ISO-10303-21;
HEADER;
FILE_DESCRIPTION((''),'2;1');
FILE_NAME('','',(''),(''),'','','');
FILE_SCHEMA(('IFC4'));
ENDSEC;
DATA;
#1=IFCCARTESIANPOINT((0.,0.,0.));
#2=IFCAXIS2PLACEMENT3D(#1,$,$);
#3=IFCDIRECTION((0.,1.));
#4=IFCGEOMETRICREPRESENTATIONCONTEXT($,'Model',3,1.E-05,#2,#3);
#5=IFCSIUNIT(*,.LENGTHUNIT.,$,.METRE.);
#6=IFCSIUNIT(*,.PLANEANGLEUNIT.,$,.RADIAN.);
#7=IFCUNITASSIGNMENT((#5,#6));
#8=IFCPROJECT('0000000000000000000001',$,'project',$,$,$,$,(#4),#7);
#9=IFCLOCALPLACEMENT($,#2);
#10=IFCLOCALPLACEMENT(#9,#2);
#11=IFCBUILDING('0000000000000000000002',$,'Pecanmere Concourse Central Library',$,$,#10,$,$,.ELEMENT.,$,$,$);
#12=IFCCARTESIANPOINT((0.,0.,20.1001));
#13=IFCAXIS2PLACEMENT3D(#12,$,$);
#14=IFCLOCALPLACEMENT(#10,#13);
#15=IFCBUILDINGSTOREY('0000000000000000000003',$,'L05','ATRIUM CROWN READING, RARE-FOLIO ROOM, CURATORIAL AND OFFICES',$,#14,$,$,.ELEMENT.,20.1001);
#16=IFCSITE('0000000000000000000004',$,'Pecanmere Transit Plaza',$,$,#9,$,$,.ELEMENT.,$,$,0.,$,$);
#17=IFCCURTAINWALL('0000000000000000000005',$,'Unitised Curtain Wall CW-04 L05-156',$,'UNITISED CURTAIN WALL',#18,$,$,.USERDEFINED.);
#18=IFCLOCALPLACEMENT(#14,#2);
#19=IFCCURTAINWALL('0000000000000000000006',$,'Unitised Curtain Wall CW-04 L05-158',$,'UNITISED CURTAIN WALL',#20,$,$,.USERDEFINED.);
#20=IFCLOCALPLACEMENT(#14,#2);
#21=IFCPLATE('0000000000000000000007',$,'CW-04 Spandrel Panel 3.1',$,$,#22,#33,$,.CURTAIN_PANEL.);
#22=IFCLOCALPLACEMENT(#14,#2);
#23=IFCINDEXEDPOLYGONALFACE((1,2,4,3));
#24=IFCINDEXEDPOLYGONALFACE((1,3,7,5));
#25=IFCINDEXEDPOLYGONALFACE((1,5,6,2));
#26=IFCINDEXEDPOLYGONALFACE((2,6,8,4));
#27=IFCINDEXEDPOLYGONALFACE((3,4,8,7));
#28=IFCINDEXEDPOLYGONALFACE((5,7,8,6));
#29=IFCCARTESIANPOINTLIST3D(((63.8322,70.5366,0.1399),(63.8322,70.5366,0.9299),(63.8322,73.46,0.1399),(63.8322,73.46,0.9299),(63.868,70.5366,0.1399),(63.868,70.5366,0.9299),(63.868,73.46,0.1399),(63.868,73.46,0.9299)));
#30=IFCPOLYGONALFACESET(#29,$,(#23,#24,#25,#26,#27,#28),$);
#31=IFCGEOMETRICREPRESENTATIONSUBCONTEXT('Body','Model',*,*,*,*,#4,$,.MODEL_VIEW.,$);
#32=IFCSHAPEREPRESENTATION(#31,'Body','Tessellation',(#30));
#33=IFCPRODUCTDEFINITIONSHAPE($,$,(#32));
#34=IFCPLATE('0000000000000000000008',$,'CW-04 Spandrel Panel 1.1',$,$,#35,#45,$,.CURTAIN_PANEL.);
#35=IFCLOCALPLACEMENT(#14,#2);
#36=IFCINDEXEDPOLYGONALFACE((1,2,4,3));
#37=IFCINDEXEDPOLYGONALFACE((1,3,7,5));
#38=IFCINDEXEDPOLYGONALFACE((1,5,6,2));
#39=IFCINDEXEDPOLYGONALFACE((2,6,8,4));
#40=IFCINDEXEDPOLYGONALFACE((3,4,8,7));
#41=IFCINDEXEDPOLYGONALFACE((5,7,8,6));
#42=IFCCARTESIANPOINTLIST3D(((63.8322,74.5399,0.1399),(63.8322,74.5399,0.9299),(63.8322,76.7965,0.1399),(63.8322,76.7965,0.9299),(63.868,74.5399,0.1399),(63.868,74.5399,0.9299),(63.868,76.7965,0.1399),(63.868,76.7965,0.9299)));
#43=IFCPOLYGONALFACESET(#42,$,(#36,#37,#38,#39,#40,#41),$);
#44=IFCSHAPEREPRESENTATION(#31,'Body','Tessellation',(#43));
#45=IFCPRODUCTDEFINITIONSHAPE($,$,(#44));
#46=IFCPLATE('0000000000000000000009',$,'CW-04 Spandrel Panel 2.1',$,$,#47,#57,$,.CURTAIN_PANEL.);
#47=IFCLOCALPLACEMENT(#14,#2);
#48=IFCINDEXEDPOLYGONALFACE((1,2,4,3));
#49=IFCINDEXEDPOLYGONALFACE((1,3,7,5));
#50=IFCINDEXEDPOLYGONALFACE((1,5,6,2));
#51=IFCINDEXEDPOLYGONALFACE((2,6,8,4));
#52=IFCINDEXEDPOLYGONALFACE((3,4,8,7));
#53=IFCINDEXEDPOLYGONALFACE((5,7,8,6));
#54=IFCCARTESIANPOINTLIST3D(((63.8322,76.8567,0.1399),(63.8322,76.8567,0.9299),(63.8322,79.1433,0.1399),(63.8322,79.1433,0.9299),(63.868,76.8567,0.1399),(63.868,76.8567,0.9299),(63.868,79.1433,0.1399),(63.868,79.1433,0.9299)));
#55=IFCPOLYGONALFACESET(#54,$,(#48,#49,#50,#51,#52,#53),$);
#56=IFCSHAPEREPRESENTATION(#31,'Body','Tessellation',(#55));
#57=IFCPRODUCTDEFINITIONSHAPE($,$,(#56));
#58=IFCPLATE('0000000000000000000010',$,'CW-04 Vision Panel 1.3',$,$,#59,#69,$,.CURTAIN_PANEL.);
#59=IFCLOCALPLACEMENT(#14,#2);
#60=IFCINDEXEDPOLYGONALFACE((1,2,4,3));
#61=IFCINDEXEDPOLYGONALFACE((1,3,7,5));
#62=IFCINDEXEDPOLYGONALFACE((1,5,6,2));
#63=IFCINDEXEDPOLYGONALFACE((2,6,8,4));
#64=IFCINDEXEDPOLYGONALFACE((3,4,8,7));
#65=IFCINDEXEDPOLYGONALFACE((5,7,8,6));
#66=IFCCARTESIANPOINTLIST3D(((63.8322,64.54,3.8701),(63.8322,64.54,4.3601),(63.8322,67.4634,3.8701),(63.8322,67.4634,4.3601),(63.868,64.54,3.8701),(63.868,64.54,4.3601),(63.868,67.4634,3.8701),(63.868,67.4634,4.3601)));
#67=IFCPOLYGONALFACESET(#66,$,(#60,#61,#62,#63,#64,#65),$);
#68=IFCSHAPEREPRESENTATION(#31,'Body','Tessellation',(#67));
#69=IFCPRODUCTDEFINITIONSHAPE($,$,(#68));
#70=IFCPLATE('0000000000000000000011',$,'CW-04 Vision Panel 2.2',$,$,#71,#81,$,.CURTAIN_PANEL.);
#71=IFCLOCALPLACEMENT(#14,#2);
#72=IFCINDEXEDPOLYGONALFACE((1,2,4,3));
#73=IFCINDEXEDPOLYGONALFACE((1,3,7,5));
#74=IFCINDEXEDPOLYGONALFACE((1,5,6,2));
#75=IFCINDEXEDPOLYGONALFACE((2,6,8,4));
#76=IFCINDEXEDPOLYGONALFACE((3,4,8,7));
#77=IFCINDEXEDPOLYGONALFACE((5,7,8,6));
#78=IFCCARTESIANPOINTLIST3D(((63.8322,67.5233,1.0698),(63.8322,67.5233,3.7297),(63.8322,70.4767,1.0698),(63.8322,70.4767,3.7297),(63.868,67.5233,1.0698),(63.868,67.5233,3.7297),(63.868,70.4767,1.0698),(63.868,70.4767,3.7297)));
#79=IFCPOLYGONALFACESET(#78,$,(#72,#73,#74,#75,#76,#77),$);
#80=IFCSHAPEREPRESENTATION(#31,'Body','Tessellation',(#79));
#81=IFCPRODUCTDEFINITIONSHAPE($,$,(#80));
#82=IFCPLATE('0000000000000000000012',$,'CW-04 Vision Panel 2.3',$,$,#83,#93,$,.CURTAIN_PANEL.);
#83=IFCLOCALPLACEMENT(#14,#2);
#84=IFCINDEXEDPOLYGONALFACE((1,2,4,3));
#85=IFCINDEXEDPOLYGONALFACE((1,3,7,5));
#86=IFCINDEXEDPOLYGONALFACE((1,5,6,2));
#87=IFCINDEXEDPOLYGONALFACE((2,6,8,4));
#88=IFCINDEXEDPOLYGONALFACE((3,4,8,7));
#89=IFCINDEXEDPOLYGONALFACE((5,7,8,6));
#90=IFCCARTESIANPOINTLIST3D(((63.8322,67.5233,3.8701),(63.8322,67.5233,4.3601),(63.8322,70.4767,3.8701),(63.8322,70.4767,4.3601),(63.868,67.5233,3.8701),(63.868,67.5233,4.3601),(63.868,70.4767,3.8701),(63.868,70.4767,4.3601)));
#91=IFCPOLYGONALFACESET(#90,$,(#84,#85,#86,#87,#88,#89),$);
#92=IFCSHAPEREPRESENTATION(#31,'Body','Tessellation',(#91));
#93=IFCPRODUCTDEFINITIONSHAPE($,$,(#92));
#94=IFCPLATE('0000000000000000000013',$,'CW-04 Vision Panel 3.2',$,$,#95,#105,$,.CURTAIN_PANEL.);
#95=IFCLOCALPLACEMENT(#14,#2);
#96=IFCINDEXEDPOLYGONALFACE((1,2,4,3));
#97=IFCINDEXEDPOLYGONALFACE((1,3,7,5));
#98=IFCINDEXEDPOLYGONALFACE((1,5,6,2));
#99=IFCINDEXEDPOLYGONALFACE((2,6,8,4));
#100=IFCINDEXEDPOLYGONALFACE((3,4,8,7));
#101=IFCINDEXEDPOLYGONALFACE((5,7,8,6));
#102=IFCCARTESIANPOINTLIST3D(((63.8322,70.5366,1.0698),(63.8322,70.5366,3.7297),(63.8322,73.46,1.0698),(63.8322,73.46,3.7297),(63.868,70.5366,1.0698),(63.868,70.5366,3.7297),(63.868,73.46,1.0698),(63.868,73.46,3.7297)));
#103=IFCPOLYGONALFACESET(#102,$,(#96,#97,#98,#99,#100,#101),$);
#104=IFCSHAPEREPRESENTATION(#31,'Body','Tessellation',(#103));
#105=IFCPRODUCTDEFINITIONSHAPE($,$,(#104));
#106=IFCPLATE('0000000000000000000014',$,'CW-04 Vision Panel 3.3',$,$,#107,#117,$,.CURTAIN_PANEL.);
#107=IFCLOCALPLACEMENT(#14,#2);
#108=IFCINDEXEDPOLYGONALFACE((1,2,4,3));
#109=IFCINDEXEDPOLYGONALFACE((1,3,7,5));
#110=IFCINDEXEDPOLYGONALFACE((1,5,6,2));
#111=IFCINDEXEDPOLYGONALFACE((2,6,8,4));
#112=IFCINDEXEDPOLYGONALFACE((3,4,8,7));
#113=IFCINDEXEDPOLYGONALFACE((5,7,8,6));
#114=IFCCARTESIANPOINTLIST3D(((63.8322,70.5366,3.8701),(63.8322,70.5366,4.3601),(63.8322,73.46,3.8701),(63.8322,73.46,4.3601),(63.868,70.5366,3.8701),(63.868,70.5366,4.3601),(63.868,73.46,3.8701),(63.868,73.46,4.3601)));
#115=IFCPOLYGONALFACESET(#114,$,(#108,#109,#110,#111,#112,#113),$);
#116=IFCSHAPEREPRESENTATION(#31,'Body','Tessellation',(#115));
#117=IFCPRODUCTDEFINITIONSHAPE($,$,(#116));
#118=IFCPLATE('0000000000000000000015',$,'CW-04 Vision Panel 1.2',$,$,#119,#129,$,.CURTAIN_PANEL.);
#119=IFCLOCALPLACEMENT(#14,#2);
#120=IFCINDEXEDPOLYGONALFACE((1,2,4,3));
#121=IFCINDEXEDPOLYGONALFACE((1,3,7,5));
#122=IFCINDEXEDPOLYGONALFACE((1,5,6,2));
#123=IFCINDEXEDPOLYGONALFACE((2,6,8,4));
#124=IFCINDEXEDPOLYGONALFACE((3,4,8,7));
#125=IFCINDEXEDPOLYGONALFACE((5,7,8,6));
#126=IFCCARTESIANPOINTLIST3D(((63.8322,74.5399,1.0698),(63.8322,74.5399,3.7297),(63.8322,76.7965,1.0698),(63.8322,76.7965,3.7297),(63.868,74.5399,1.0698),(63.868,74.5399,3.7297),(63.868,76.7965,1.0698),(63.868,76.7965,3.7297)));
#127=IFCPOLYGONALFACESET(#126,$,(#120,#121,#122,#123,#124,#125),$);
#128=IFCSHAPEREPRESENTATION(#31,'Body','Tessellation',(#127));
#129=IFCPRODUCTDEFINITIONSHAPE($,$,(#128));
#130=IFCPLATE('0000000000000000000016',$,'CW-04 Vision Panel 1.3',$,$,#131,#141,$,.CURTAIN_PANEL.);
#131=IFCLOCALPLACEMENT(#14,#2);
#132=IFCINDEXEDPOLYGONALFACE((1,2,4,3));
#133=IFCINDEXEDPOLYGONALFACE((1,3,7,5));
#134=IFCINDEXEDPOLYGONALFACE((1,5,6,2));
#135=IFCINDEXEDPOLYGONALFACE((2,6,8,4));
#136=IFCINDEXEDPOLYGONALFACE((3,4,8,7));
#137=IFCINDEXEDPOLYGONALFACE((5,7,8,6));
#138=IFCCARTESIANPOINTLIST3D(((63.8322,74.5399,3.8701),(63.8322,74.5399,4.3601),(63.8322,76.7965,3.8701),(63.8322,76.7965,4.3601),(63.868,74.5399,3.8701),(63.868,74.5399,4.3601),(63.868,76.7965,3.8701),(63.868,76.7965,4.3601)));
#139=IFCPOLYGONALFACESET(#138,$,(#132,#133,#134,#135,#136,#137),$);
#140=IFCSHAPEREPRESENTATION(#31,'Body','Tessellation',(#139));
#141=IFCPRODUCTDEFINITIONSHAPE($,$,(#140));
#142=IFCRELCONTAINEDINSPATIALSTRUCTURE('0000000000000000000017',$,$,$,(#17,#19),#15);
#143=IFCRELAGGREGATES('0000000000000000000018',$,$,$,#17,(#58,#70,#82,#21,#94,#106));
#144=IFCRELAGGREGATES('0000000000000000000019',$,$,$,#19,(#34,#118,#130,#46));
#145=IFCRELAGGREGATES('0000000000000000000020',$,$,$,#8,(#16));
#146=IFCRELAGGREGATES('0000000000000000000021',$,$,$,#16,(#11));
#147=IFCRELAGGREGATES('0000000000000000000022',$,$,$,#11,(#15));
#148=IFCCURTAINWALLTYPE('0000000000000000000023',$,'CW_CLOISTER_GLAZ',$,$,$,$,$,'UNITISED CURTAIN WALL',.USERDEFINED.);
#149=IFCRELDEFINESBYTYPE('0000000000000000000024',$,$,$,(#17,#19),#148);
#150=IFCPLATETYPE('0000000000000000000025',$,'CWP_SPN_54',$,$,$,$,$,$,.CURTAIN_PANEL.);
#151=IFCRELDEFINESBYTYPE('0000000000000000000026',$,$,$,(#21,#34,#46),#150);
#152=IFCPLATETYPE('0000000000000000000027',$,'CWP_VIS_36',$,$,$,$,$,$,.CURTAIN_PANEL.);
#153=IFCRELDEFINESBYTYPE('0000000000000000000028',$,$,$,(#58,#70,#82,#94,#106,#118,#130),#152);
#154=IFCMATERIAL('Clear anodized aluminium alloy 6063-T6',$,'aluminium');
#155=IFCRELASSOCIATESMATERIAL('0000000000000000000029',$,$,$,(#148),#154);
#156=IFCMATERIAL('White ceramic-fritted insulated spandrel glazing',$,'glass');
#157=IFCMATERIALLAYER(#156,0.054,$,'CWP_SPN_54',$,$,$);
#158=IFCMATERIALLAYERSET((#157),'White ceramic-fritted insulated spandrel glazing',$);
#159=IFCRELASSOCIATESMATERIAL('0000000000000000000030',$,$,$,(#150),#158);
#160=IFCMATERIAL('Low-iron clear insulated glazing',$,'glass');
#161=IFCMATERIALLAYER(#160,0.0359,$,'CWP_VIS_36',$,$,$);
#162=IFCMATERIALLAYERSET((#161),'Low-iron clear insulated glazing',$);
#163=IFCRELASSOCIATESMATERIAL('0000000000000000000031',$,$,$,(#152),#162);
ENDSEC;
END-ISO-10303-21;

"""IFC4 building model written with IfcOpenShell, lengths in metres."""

from ifc_helpers import new_model, si_unit, direction, frame, origin, origin_2d, place, context, subcontext, project, spatial, rectangle, extrude, material, layer, layer_set, type_object, element, aggregate, save


model = new_model("IFC4")

# Units and contexts
model_context = context("Model", 3, precision=1e-05, world=origin(), true_north=direction((0.0, 1.0)))
body_context = subcontext(model_context, "Body", "Model", "MODEL_VIEW")
ifc_project = project(units=[si_unit("LENGTHUNIT", "METRE"), si_unit("PLANEANGLEUNIT", "RADIAN")], contexts=[model_context])

# Site, building, storey
site_placement = place(None, origin())
site = spatial("IfcSite", under=ifc_project, at=site_placement, Name="Pecanmere Transit Plaza", CompositionType="ELEMENT", RefElevation=0.0)
building_placement = place(site_placement, origin())
building = spatial("IfcBuilding", under=site, at=building_placement, Name="Pecanmere Concourse Central Library", CompositionType="ELEMENT")
storey_placement = place(building_placement, frame((0.0, 0.0, 20.1001)))
storey = spatial("IfcBuildingStorey", under=building, at=storey_placement, Name="L05", Description="ATRIUM CROWN READING, RARE-FOLIO ROOM, CURATORIAL AND OFFICES", CompositionType="ELEMENT", Elevation=20.1001)

# Curtain walls
ifc_material_1 = material(Name="Clear anodized aluminium alloy 6063-T6", Category="aluminium")
curtain_wall_type = type_object("IfcCurtainWallType", Name="CW_CLOISTER_GLAZ", ElementType="UNITISED CURTAIN WALL", PredefinedType="USERDEFINED", material=ifc_material_1)
curtain_wall_1_placement = place(storey_placement, origin())
curtain_wall_1 = element("IfcCurtainWall", 1, at=curtain_wall_1_placement, inside=storey, type_object=curtain_wall_type, Name="Unitised Curtain Wall CW-04 L05-156", ObjectType="UNITISED CURTAIN WALL", PredefinedType="USERDEFINED")
curtain_wall_2_placement = place(storey_placement, origin())
curtain_wall_2 = element("IfcCurtainWall", 2, at=curtain_wall_2_placement, inside=storey, type_object=curtain_wall_type, Name="Unitised Curtain Wall CW-04 L05-158", ObjectType="UNITISED CURTAIN WALL", PredefinedType="USERDEFINED")

# Plates
ifc_material_2 = material(Name="White ceramic-fritted insulated spandrel glazing", Category="glass")
ifc_layer_1 = layer(ifc_material_2, 0.054, Name="CWP_SPN_54")
ifc_layer_set_1 = layer_set([ifc_layer_1], Name="White ceramic-fritted insulated spandrel glazing")
plate_type_1 = type_object("IfcPlateType", Name="CWP_SPN_54", PredefinedType="CURTAIN_PANEL", material=ifc_layer_set_1)
plate_1_placement = place(storey_placement, frame((63.8501, 71.9983, 0.1399), z_axis=(0.0, 0.0, 1.0), x_axis=(0.0, 1.0, 0.0)))
plate_1 = element("IfcPlate", 3, at=plate_1_placement, type_object=plate_type_1, Name="CW-04 Spandrel Panel 3.1", PredefinedType="CURTAIN_PANEL", context=body_context, shape_type="SweptSolid", body=[
    extrude(rectangle(XDim=2.9233, YDim=0.0359, at=origin_2d()), origin(), (0.0, 0.0, 1.0), 0.79),
])
plate_2_placement = place(storey_placement, frame((63.8501, 75.6682, 0.1399), z_axis=(0.0, 0.0, 1.0), x_axis=(0.0, 1.0, 0.0)))
plate_2 = element("IfcPlate", 4, at=plate_2_placement, type_object=plate_type_1, Name="CW-04 Spandrel Panel 1.1", PredefinedType="CURTAIN_PANEL", context=body_context, shape_type="SweptSolid", body=[
    extrude(rectangle(XDim=2.2566, YDim=0.0359, at=origin_2d()), origin(), (0.0, 0.0, 1.0), 0.79),
])
plate_3_placement = place(storey_placement, frame((63.8501, 78.0, 0.1399), z_axis=(0.0, 0.0, 1.0), x_axis=(0.0, 1.0, 0.0)))
plate_3 = element("IfcPlate", 5, at=plate_3_placement, type_object=plate_type_1, Name="CW-04 Spandrel Panel 2.1", PredefinedType="CURTAIN_PANEL", context=body_context, shape_type="SweptSolid", body=[
    extrude(rectangle(XDim=2.2866, YDim=0.0359, at=origin_2d()), origin(), (0.0, 0.0, 1.0), 0.79),
])
ifc_material_3 = material(Name="Low-iron clear insulated glazing", Category="glass")
ifc_layer_2 = layer(ifc_material_3, 0.0359, Name="CWP_VIS_36")
ifc_layer_set_2 = layer_set([ifc_layer_2], Name="Low-iron clear insulated glazing")
plate_type_2 = type_object("IfcPlateType", Name="CWP_VIS_36", PredefinedType="CURTAIN_PANEL", material=ifc_layer_set_2)
plate_4_placement = place(storey_placement, frame((63.8501, 66.0017, 3.8701), z_axis=(0.0, 0.0, 1.0), x_axis=(0.0, 1.0, 0.0)))
plate_4 = element("IfcPlate", 6, at=plate_4_placement, type_object=plate_type_2, Name="CW-04 Vision Panel 1.3", PredefinedType="CURTAIN_PANEL", context=body_context, shape_type="SweptSolid", body=[
    extrude(rectangle(XDim=2.9233, YDim=0.0359, at=origin_2d()), origin(), (0.0, 0.0, 1.0), 0.49),
])
plate_5_placement = place(storey_placement, frame((63.8501, 69.0, 1.0698), z_axis=(0.0, 0.0, 1.0), x_axis=(0.0, 1.0, 0.0)))
plate_5 = element("IfcPlate", 7, at=plate_5_placement, type_object=plate_type_2, Name="CW-04 Vision Panel 2.2", PredefinedType="CURTAIN_PANEL", context=body_context, shape_type="SweptSolid", body=[
    extrude(rectangle(XDim=2.9534, YDim=0.0359, at=origin_2d()), origin(), (0.0, 0.0, 1.0), 2.6599),
])
plate_6_placement = place(storey_placement, frame((63.8501, 69.0, 3.8701), z_axis=(0.0, 0.0, 1.0), x_axis=(0.0, 1.0, 0.0)))
plate_6 = element("IfcPlate", 8, at=plate_6_placement, type_object=plate_type_2, Name="CW-04 Vision Panel 2.3", PredefinedType="CURTAIN_PANEL", context=body_context, shape_type="SweptSolid", body=[
    extrude(rectangle(XDim=2.9534, YDim=0.0359, at=origin_2d()), origin(), (0.0, 0.0, 1.0), 0.49),
])
plate_7_placement = place(storey_placement, frame((63.8501, 71.9983, 1.0698), z_axis=(0.0, 0.0, 1.0), x_axis=(0.0, 1.0, 0.0)))
plate_7 = element("IfcPlate", 9, at=plate_7_placement, type_object=plate_type_2, Name="CW-04 Vision Panel 3.2", PredefinedType="CURTAIN_PANEL", context=body_context, shape_type="SweptSolid", body=[
    extrude(rectangle(XDim=2.9233, YDim=0.0359, at=origin_2d()), origin(), (0.0, 0.0, 1.0), 2.6599),
])
plate_8_placement = place(storey_placement, frame((63.8501, 71.9983, 3.8701), z_axis=(0.0, 0.0, 1.0), x_axis=(0.0, 1.0, 0.0)))
plate_8 = element("IfcPlate", 10, at=plate_8_placement, type_object=plate_type_2, Name="CW-04 Vision Panel 3.3", PredefinedType="CURTAIN_PANEL", context=body_context, shape_type="SweptSolid", body=[
    extrude(rectangle(XDim=2.9233, YDim=0.0359, at=origin_2d()), origin(), (0.0, 0.0, 1.0), 0.49),
])
aggregate(curtain_wall_1, [plate_4, plate_5, plate_6, plate_1, plate_7, plate_8])
plate_9_placement = place(storey_placement, frame((63.8501, 75.6682, 1.0698), z_axis=(0.0, 0.0, 1.0), x_axis=(0.0, 1.0, 0.0)))
plate_9 = element("IfcPlate", 11, at=plate_9_placement, type_object=plate_type_2, Name="CW-04 Vision Panel 1.2", PredefinedType="CURTAIN_PANEL", context=body_context, shape_type="SweptSolid", body=[
    extrude(rectangle(XDim=2.2566, YDim=0.0359, at=origin_2d()), origin(), (0.0, 0.0, 1.0), 2.6599),
])
plate_10_placement = place(storey_placement, frame((63.8501, 75.6682, 3.8701), z_axis=(0.0, 0.0, 1.0), x_axis=(0.0, 1.0, 0.0)))
plate_10 = element("IfcPlate", 12, at=plate_10_placement, type_object=plate_type_2, Name="CW-04 Vision Panel 1.3", PredefinedType="CURTAIN_PANEL", context=body_context, shape_type="SweptSolid", body=[
    extrude(rectangle(XDim=2.2566, YDim=0.0359, at=origin_2d()), origin(), (0.0, 0.0, 1.0), 0.49),
])
aggregate(curtain_wall_2, [plate_2, plate_9, plate_10, plate_3])

save(model, "model.ifc")
